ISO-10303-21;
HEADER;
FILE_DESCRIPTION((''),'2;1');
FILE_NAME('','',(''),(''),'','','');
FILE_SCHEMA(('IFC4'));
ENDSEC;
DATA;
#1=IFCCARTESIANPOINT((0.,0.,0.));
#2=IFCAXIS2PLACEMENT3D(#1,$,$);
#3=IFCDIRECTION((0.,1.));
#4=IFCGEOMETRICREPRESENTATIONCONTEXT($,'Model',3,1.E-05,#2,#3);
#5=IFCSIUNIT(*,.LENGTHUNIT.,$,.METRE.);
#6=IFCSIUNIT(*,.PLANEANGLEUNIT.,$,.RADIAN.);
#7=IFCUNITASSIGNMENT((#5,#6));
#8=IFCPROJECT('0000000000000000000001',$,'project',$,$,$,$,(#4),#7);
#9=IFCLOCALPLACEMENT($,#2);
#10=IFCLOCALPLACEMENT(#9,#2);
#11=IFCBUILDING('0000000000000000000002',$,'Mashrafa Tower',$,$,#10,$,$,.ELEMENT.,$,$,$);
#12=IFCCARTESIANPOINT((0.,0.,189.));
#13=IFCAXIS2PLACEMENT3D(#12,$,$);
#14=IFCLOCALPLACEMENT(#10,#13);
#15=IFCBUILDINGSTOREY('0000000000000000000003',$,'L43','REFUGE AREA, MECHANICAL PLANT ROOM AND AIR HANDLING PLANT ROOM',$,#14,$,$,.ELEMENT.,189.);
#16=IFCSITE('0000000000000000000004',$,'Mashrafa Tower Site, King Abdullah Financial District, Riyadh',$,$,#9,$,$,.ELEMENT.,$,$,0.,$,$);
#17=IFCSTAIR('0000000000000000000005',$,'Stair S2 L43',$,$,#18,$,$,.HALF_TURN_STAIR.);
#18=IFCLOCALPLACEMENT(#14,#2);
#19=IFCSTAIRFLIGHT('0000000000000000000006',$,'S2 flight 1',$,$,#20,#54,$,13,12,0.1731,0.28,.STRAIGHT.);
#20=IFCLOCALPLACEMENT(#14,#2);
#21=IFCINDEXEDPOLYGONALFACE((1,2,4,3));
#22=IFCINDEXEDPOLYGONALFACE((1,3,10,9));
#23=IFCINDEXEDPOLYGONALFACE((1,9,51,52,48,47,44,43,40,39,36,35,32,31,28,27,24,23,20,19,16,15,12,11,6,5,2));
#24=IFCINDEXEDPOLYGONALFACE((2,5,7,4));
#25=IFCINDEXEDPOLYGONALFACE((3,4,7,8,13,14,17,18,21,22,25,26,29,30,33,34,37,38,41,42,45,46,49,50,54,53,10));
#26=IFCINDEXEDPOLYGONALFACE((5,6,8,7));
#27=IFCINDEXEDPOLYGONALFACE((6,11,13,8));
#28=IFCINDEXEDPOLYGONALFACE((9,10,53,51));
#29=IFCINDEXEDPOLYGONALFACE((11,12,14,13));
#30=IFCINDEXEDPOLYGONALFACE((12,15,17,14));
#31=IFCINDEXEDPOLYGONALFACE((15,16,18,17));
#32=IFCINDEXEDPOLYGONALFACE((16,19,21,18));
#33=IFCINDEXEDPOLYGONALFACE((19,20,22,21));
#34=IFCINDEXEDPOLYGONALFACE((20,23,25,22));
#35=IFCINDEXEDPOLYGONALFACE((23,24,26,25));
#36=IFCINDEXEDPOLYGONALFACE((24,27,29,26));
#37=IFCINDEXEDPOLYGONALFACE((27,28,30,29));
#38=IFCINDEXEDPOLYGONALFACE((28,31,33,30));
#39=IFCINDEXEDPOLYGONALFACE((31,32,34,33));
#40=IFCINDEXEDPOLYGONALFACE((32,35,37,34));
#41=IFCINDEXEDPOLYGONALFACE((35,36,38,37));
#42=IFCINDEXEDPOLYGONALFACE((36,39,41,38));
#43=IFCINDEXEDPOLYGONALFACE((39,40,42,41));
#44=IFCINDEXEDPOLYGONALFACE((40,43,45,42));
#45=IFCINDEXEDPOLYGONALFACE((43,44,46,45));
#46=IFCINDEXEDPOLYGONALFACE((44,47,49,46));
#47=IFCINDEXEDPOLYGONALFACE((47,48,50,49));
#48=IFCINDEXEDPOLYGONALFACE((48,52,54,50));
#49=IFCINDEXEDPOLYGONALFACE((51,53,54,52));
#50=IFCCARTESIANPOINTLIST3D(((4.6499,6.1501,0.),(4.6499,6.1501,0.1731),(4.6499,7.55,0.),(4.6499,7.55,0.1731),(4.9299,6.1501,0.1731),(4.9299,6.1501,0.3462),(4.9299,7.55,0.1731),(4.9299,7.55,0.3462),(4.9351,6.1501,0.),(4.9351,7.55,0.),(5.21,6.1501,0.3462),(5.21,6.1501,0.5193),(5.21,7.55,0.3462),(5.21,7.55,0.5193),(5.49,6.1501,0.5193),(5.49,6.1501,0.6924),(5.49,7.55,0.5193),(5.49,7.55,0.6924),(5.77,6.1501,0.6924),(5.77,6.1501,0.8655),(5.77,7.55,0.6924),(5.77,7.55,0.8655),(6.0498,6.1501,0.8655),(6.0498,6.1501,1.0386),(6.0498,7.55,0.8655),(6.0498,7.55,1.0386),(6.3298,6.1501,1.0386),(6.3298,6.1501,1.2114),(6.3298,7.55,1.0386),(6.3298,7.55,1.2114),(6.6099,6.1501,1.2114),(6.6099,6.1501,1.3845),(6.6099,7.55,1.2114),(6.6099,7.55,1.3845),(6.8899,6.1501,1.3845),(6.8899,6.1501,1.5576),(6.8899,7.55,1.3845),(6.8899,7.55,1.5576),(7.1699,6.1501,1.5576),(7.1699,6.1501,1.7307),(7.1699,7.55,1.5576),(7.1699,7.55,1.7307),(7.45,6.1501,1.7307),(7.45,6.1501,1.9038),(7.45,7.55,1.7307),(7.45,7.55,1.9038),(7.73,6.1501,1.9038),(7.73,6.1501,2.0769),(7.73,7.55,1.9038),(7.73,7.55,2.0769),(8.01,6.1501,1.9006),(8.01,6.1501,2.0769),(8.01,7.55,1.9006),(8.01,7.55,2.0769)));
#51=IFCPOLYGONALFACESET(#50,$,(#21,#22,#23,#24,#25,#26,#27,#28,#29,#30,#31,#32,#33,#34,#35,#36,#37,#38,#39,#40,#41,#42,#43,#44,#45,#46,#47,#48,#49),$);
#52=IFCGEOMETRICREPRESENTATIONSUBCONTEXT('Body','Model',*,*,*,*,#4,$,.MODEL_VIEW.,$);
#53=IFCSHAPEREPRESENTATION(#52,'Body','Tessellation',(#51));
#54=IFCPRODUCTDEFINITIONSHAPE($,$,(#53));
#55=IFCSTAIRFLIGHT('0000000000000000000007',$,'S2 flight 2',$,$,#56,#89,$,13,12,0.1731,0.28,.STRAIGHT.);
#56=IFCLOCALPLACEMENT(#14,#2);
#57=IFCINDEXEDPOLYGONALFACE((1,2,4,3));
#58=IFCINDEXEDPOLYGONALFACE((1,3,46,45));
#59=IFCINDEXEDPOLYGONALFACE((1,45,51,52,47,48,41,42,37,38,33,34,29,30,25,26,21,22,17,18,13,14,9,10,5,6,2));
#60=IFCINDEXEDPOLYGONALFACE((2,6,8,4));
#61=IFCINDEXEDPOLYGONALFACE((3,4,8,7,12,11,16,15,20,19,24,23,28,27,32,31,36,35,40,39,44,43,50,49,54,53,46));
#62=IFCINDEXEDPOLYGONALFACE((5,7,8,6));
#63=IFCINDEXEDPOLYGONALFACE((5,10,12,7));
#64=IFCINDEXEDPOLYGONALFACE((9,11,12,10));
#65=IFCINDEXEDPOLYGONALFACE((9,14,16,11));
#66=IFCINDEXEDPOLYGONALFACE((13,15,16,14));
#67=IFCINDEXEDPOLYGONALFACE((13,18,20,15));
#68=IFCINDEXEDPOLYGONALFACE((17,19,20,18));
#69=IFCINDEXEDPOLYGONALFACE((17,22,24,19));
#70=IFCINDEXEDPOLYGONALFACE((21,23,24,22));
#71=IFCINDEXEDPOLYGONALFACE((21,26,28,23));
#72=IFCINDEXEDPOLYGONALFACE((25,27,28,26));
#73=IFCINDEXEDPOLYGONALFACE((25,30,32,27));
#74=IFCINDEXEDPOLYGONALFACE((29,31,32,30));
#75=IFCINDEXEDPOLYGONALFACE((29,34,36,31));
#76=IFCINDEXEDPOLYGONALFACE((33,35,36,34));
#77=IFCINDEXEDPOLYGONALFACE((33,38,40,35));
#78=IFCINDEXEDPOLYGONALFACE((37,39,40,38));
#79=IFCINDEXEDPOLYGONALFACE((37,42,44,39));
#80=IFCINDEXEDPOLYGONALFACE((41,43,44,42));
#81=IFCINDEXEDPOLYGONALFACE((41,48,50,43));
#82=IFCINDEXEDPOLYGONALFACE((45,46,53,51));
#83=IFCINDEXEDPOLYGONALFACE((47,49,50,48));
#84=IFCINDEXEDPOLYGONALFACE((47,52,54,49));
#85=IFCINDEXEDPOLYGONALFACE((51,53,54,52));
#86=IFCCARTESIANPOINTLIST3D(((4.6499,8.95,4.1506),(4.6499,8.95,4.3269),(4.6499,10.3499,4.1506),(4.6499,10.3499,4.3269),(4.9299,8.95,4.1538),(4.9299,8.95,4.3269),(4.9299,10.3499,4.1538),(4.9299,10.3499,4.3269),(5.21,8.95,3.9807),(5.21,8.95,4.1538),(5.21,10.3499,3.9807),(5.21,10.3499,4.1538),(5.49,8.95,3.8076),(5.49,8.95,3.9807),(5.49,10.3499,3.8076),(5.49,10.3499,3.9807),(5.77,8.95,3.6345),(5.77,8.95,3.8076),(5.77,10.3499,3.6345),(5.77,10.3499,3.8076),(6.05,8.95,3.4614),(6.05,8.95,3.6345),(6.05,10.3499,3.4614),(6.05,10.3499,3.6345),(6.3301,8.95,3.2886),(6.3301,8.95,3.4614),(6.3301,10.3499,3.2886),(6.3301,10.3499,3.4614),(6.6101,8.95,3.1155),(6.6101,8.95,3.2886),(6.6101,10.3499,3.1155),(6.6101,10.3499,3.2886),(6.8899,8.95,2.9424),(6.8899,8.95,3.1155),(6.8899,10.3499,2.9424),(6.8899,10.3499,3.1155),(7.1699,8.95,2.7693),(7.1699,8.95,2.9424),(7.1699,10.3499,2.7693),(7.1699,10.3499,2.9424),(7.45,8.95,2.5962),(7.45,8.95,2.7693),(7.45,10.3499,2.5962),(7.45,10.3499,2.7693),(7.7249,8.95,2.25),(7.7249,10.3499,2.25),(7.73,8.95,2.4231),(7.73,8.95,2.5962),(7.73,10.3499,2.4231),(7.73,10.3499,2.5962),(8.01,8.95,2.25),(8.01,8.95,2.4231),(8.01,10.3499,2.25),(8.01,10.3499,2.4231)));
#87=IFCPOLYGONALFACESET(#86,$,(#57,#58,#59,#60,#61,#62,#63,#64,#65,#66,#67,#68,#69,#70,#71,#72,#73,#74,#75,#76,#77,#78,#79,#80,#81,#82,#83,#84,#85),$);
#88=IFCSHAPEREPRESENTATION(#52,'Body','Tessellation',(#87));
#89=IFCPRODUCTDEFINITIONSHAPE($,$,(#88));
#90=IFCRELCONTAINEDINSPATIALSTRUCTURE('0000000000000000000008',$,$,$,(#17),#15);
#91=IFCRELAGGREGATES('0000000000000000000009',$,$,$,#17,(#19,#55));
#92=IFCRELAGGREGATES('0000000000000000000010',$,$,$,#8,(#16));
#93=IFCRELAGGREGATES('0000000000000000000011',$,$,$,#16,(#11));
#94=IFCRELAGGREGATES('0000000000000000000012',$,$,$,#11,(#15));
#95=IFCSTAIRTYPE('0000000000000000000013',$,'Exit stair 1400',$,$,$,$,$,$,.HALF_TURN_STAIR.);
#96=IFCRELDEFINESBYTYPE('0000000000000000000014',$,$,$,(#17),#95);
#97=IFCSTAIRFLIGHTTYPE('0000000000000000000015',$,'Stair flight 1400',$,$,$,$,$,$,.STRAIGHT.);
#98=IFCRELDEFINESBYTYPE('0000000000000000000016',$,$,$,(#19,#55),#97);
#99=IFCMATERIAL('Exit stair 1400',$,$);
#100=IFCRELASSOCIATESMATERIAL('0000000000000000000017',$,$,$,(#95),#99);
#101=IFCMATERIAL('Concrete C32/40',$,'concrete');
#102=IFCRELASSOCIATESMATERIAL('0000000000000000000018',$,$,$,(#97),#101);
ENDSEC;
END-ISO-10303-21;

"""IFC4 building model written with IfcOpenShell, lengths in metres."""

from ifc_helpers import new_model, si_unit, direction, frame, origin, place, context, subcontext, project, spatial, polyline, outline, extrude, material, type_object, element, aggregate, save


model = new_model("IFC4")

# Units and contexts
model_context = context("Model", 3, precision=1e-05, world=origin(), true_north=direction((0.0, 1.0)))
body_context = subcontext(model_context, "Body", "Model", "MODEL_VIEW")
ifc_project = project(units=[si_unit("LENGTHUNIT", "METRE"), si_unit("PLANEANGLEUNIT", "RADIAN")], contexts=[model_context])

# Site, building, storey
site_placement = place(None, origin())
site = spatial("IfcSite", under=ifc_project, at=site_placement, Name="Mashrafa Tower Site, King Abdullah Financial District, Riyadh", CompositionType="ELEMENT", RefElevation=0.0)
building_placement = place(site_placement, origin())
building = spatial("IfcBuilding", under=site, at=building_placement, Name="Mashrafa Tower", CompositionType="ELEMENT")
storey_placement = place(building_placement, frame((0.0, 0.0, 189.0)))
storey = spatial("IfcBuildingStorey", under=building, at=storey_placement, Name="L43", Description="REFUGE AREA, MECHANICAL PLANT ROOM AND AIR HANDLING PLANT ROOM", CompositionType="ELEMENT", Elevation=189.0)

# Stair, stair flights
ifc_material_1 = material(Name="Exit stair 1400")
stair_type = type_object("IfcStairType", Name="Exit stair 1400", PredefinedType="HALF_TURN_STAIR", material=ifc_material_1)
stair_placement = place(storey_placement, origin())
stair = element("IfcStair", 1, at=stair_placement, inside=storey, type_object=stair_type, Name="Stair S2 L43", PredefinedType="HALF_TURN_STAIR")
ifc_material_2 = material(Name="Concrete C32/40", Category="concrete")
stair_flight_type = type_object("IfcStairFlightType", Name="Stair flight 1400", PredefinedType="STRAIGHT", material=ifc_material_2)
stair_flight_1_placement = place(storey_placement, frame((4.6499, 6.8501, 0.0), z_axis=(0.0, 0.0, 1.0), x_axis=(1.0, 0.0, 0.0)))
stair_flight_1 = element("IfcStairFlight", 2, at=stair_flight_1_placement, type_object=stair_flight_type, Name="S2 flight 1", NumberOfRisers=13, NumberOfTreads=12, PredefinedType="STRAIGHT", RiserHeight=0.1731, TreadLength=0.28, context=body_context, shape_type="SweptSolid", body=[
    extrude(outline(polyline([(0.0, 0.0), (0.0, 0.1731), (0.28, 0.1731), (0.28, 0.3462), (0.5601, 0.3462), (0.5601, 0.5193), (0.8401, 0.5193), (0.8401, 0.6924), (1.1201, 0.6924), (1.1201, 0.8655), (1.3999, 0.8655), (1.3999, 1.0386), (1.6799, 1.0386), (1.6799, 1.2114), (1.96, 1.2114), (1.96, 1.3845), (2.24, 1.3845), (2.24, 1.5576), (2.52, 1.5576), (2.52, 1.7307), (2.8, 1.7307), (2.8, 1.9038), (3.0801, 1.9038), (3.0801, 2.0769), (3.3601, 2.0769), (3.3601, 2.25), (3.3601, 1.9006), (0.2852, 0.0), (0.0, 0.0)])), frame((0.0, 0.7, 0.0), z_axis=(0.0, -1.0, 0.0), x_axis=(1.0, 0.0, 0.0)), (0.0, 0.0, 1.0), 1.3999),
])
stair_flight_2_placement = place(storey_placement, frame((8.01, 9.6499, 2.25), z_axis=(0.0, 0.0, 1.0), x_axis=(-1.0, 0.0, 0.0)))
stair_flight_2 = element("IfcStairFlight", 3, at=stair_flight_2_placement, type_object=stair_flight_type, Name="S2 flight 2", NumberOfRisers=13, NumberOfTreads=12, PredefinedType="STRAIGHT", RiserHeight=0.1731, TreadLength=0.28, context=body_context, shape_type="SweptSolid", body=[
    extrude(outline(polyline([(0.0, 0.0), (0.0, 0.1731), (0.28, 0.1731), (0.28, 0.3462), (0.5601, 0.3462), (0.5601, 0.5193), (0.8401, 0.5193), (0.8401, 0.6924), (1.1201, 0.6924), (1.1201, 0.8655), (1.3999, 0.8655), (1.3999, 1.0386), (1.6799, 1.0386), (1.6799, 1.2114), (1.96, 1.2114), (1.96, 1.3845), (2.24, 1.3845), (2.24, 1.5576), (2.52, 1.5576), (2.52, 1.7307), (2.8, 1.7307), (2.8, 1.9038), (3.0801, 1.9038), (3.0801, 2.0769), (3.3601, 2.0769), (3.3601, 2.25), (3.3601, 1.9006), (0.2852, 0.0), (0.0, 0.0)])), frame((0.0, 0.7, 0.0), z_axis=(0.0, -1.0, 0.0), x_axis=(1.0, 0.0, 0.0)), (0.0, 0.0, 1.0), 1.3999),
])
aggregate(stair, [stair_flight_1, stair_flight_2])

save(model, "model.ifc")
